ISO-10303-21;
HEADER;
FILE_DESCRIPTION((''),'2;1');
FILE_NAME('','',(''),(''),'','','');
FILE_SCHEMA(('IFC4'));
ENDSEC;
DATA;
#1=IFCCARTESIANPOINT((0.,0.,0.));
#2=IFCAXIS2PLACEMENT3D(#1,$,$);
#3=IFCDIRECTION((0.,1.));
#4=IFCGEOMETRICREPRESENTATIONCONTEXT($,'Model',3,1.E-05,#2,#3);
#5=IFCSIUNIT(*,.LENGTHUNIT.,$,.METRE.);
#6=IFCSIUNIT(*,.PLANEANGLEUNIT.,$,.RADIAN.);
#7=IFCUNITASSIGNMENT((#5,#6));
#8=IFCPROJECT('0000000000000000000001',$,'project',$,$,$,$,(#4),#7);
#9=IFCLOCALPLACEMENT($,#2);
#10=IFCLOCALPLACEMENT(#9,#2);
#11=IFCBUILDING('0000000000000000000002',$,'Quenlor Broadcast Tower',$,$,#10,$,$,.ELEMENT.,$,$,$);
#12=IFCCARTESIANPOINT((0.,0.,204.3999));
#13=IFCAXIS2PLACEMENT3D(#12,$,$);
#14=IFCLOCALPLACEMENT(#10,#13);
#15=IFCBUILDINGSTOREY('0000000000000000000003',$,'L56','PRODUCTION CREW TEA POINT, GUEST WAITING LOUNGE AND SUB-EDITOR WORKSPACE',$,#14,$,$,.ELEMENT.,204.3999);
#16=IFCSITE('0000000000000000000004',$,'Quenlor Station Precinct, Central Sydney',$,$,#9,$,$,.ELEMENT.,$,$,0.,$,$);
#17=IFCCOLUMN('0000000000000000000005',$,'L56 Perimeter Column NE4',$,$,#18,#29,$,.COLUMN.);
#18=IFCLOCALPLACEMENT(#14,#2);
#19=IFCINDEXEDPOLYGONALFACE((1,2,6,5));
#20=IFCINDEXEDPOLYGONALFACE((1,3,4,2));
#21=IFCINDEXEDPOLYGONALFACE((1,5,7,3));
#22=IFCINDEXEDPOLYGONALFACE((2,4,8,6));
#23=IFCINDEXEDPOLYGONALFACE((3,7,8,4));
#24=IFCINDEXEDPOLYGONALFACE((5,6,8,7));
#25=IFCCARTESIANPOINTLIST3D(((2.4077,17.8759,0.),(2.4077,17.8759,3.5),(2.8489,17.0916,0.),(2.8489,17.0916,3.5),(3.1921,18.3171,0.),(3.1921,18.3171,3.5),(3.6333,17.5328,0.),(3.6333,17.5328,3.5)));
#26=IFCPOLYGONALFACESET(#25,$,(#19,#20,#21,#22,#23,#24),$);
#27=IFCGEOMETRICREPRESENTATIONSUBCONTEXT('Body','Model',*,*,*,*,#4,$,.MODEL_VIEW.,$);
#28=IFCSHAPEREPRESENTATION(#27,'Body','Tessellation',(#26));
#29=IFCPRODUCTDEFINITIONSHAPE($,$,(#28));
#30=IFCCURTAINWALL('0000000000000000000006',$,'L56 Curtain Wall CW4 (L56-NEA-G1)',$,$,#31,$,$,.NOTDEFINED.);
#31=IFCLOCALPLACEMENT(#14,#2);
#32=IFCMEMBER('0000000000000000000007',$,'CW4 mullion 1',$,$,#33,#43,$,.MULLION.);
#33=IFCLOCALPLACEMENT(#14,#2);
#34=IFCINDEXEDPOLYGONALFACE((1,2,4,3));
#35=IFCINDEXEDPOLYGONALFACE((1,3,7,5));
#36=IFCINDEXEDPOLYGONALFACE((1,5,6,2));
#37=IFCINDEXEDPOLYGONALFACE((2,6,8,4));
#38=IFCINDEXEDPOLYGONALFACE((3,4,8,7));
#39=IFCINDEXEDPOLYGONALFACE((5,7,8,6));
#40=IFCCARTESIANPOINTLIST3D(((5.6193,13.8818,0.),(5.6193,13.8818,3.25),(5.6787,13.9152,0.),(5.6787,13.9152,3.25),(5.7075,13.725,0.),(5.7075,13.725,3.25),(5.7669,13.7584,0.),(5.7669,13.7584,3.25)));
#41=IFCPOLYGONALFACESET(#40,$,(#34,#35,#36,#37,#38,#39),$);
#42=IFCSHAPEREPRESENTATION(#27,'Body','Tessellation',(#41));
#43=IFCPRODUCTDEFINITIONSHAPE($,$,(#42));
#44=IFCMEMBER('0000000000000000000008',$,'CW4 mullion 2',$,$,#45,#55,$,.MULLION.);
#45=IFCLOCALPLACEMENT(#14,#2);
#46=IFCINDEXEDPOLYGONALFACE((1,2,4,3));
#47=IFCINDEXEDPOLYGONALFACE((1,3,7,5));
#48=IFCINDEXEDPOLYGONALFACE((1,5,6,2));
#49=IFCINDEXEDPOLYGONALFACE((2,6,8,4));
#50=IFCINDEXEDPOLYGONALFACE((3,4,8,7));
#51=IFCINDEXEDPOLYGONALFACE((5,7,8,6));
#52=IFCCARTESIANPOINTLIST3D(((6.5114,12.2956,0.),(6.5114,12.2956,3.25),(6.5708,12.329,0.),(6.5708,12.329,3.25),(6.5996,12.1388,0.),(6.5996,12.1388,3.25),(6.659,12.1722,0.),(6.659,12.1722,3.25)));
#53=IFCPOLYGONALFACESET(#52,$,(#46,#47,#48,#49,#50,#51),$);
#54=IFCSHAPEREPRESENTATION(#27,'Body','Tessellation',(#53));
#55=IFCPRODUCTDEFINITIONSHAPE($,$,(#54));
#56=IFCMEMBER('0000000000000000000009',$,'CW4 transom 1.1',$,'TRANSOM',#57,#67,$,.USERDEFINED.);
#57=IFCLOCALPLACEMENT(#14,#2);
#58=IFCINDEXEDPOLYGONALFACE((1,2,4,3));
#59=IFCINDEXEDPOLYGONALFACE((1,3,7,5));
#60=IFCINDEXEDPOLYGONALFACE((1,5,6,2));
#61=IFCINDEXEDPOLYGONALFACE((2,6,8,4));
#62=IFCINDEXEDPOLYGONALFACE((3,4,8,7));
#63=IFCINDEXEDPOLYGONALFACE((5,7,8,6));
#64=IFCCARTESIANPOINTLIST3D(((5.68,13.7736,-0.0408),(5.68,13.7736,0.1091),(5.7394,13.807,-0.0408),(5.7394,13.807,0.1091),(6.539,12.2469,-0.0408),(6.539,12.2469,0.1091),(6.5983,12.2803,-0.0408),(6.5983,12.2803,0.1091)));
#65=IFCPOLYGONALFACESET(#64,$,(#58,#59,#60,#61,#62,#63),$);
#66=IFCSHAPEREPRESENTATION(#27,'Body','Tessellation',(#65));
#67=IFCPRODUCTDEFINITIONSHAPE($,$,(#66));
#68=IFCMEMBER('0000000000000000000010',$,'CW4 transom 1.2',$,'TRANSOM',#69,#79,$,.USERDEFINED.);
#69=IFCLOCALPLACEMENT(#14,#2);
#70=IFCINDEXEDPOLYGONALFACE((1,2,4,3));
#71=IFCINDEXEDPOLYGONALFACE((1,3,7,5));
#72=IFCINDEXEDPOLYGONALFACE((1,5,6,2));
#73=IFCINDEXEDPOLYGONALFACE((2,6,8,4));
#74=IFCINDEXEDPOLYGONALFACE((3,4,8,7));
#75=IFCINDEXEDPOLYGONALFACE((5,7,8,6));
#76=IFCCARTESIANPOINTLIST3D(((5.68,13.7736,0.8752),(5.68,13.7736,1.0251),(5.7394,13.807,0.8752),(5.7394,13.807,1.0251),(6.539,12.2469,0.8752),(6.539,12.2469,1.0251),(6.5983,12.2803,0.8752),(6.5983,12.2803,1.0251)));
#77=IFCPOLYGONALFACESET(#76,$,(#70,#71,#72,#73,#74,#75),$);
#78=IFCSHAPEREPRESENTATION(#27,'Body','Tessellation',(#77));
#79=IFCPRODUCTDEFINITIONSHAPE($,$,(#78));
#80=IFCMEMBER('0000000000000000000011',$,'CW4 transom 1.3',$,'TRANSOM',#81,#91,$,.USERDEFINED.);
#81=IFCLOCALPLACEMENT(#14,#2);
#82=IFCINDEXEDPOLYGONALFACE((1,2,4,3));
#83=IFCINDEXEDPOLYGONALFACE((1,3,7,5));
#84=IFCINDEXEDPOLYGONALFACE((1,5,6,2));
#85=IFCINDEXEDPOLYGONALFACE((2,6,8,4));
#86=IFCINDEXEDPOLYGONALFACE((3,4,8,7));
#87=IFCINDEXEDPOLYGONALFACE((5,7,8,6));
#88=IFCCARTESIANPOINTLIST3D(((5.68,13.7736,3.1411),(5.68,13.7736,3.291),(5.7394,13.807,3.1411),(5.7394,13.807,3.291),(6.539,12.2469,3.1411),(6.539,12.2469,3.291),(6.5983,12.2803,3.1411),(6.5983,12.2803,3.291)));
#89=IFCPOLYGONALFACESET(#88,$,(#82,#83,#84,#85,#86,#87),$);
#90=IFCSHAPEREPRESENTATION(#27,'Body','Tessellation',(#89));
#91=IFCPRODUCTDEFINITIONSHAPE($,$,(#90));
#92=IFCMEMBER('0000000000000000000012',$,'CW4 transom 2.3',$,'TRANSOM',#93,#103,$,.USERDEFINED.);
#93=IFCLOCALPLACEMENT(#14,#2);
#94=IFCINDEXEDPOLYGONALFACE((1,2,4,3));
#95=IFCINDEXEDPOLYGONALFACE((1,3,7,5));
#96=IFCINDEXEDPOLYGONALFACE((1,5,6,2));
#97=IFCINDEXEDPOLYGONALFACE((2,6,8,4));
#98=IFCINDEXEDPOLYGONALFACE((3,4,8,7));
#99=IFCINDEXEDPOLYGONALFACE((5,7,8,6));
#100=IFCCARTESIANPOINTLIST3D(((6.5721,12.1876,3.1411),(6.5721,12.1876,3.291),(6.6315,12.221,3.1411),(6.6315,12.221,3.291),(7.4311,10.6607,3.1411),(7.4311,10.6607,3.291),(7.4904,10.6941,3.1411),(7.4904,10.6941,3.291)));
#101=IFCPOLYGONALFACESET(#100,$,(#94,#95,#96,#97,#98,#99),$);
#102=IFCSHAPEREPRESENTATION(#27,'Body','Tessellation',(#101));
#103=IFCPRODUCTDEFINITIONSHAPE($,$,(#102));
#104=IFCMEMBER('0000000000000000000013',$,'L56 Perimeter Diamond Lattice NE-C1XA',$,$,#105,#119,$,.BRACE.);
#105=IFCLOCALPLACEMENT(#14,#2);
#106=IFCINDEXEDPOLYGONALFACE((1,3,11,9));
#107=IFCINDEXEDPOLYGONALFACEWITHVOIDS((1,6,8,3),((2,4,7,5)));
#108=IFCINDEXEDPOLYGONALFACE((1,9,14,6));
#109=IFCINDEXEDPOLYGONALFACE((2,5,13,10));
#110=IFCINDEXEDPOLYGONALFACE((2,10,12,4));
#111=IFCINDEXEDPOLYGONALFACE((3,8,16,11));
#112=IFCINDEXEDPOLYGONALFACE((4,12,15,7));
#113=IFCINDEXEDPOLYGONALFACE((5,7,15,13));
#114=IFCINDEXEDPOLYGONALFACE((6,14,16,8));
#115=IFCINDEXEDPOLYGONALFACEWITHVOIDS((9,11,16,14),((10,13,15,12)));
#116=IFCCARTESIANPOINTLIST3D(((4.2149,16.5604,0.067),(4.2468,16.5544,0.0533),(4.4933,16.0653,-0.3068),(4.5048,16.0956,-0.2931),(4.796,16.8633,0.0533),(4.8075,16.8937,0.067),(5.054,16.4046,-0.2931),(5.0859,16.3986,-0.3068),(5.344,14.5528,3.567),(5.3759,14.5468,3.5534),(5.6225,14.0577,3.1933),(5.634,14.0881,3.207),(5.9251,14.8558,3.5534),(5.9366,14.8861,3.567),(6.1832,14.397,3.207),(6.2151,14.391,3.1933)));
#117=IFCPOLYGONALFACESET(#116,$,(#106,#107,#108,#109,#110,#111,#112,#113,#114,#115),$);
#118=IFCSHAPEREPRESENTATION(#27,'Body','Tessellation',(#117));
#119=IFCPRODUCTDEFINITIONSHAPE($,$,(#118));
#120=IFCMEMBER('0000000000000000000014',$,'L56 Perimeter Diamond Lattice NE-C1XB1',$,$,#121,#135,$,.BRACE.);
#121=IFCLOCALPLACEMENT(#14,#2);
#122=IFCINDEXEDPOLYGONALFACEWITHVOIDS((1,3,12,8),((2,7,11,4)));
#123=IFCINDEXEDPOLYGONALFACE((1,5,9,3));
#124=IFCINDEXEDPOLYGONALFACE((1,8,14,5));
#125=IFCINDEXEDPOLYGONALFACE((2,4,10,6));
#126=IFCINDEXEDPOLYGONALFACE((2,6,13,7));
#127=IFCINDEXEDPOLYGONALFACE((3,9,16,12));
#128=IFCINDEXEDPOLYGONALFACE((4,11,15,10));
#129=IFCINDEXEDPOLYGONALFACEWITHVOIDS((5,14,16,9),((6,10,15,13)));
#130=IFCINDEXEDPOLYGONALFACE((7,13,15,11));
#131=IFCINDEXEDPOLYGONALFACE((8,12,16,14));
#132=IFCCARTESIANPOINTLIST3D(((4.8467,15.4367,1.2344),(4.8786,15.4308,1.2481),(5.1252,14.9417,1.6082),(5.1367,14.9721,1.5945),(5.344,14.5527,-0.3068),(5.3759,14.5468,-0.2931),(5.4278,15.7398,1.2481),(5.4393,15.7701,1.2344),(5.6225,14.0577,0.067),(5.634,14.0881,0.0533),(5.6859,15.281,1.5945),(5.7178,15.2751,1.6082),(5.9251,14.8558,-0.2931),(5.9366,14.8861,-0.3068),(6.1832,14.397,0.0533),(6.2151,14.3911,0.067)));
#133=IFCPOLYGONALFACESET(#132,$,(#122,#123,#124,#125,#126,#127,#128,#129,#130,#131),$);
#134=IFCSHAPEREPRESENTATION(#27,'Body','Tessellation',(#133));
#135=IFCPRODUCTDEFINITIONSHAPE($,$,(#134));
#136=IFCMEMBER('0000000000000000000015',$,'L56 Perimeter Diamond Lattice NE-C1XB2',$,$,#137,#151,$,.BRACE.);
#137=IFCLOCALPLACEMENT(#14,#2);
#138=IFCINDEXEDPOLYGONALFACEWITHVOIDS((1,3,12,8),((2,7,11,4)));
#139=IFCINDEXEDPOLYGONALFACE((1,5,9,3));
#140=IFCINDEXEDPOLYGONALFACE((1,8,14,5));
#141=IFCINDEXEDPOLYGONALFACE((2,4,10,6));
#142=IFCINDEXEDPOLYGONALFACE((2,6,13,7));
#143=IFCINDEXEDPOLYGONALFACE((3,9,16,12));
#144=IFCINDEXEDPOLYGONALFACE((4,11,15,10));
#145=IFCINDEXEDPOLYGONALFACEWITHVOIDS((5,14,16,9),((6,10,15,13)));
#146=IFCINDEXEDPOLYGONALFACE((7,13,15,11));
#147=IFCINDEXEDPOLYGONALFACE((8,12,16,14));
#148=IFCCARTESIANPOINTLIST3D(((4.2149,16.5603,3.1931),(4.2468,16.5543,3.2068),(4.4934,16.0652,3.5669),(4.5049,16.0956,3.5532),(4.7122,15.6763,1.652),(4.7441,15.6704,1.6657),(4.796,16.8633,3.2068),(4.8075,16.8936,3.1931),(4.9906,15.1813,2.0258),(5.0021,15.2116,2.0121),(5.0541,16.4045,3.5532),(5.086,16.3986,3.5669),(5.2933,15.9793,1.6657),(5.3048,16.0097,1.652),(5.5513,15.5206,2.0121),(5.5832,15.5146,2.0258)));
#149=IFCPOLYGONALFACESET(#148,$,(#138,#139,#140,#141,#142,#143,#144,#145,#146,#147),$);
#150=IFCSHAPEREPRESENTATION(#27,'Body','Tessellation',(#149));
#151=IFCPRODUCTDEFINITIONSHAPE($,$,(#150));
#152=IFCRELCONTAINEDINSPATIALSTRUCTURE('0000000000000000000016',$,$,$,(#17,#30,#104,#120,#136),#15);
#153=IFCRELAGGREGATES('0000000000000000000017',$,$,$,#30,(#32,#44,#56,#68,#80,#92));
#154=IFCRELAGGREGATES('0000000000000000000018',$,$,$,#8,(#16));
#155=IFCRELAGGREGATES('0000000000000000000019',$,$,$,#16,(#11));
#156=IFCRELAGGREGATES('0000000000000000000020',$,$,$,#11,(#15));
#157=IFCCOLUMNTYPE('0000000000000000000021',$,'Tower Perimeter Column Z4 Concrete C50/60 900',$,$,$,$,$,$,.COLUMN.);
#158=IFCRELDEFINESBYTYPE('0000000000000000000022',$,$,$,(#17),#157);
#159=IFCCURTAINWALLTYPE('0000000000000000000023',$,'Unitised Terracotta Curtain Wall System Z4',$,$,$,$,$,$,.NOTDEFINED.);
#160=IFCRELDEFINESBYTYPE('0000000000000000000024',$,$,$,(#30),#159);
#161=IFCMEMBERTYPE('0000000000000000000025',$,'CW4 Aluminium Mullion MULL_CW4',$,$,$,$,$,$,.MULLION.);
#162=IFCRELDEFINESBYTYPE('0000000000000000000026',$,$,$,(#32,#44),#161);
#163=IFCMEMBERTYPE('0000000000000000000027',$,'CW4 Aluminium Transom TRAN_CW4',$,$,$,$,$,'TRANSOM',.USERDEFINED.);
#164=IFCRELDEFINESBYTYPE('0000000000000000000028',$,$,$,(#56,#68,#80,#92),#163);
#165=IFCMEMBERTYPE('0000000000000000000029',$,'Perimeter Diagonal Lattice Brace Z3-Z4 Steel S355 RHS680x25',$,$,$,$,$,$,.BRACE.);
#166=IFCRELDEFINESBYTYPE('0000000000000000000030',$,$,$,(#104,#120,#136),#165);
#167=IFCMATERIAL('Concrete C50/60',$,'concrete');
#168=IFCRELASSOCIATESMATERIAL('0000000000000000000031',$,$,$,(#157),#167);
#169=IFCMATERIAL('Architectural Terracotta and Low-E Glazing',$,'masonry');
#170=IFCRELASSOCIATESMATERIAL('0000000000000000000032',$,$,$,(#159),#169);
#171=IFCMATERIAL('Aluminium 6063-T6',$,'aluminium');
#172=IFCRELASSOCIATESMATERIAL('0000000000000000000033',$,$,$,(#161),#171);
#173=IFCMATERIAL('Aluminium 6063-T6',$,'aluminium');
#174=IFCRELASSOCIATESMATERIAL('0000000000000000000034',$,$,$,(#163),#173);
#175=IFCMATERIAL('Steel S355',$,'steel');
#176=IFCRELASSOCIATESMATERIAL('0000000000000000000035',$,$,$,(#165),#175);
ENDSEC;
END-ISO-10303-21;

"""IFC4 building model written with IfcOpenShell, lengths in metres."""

from ifc_helpers import new_model, si_unit, direction, frame, origin, origin_2d, place, context, subcontext, project, spatial, rectangle, hollow_rectangle, extrude, material, material_profile, profile_set, type_object, element, aggregate, save


model = new_model("IFC4")

# Units and contexts
model_context = context("Model", 3, precision=1e-05, world=origin(), true_north=direction((0.0, 1.0)))
body_context = subcontext(model_context, "Body", "Model", "MODEL_VIEW")
ifc_project = project(units=[si_unit("LENGTHUNIT", "METRE"), si_unit("PLANEANGLEUNIT", "RADIAN")], contexts=[model_context])

# Site, building, storey
site_placement = place(None, origin())
site = spatial("IfcSite", under=ifc_project, at=site_placement, Name="Quenlor Station Precinct, Central Sydney", CompositionType="ELEMENT", RefElevation=0.0)
building_placement = place(site_placement, origin())
building = spatial("IfcBuilding", under=site, at=building_placement, Name="Quenlor Broadcast Tower", CompositionType="ELEMENT")
storey_placement = place(building_placement, frame((0.0, 0.0, 204.3999)))
storey = spatial("IfcBuildingStorey", under=building, at=storey_placement, Name="L56", Description="PRODUCTION CREW TEA POINT, GUEST WAITING LOUNGE AND SUB-EDITOR WORKSPACE", CompositionType="ELEMENT", Elevation=204.3999)

# Column
ifc_material_1 = material(Name="Concrete C50/60", Category="concrete")
ifc_material_profile_1 = material_profile(ifc_material_1, rectangle(XDim=0.8999, YDim=0.8999, at=origin_2d()))
ifc_profile_set_1 = profile_set([ifc_material_profile_1], Name="Concrete C50/60 RC900x900")
column_type = type_object("IfcColumnType", Name="Tower Perimeter Column Z4 Concrete C50/60 900", PredefinedType="COLUMN", material=ifc_profile_set_1)
column_placement = place(storey_placement, frame((3.0205, 17.7043, 0.0), z_axis=(0.0, 0.0, 1.0), x_axis=(0.871575, 0.490262, 0.0)))
element("IfcColumn", 1, at=column_placement, inside=storey, type_object=column_type, Name="L56 Perimeter Column NE4", PredefinedType="COLUMN", context=body_context, shape_type="SweptSolid", body=[
    extrude(rectangle(XDim=0.8999, YDim=0.8999, at=origin_2d()), origin(), (0.0, 0.0, 1.0), 3.5),
])

# Curtain wall, members
ifc_material_2 = material(Name="Architectural Terracotta and Low-E Glazing", Category="masonry")
curtain_wall_type = type_object("IfcCurtainWallType", Name="Unitised Terracotta Curtain Wall System Z4", PredefinedType="NOTDEFINED", material=ifc_material_2)
curtain_wall_placement = place(storey_placement, origin())
curtain_wall = element("IfcCurtainWall", 2, at=curtain_wall_placement, inside=storey, type_object=curtain_wall_type, Name="L56 Curtain Wall CW4 (L56-NEA-G1)", PredefinedType="NOTDEFINED")
ifc_material_3 = material(Name="Aluminium 6063-T6", Category="aluminium")
ifc_material_profile_2 = material_profile(ifc_material_3, rectangle(XDim=0.0681, YDim=0.1799, at=origin_2d()))
ifc_profile_set_2 = profile_set([ifc_material_profile_2], Name="Aluminium 6063-T6 MULL68x180")
member_type_1 = type_object("IfcMemberType", Name="CW4 Aluminium Mullion MULL_CW4", PredefinedType="MULLION", material=ifc_profile_set_2)
member_1_placement = place(storey_placement, frame((5.6931, 13.8201, 0.0), z_axis=(0.0, 0.0, 1.0), x_axis=(0.871576, 0.49026, 0.0)))
member_1 = element("IfcMember", 3, at=member_1_placement, type_object=member_type_1, Name="CW4 mullion 1", PredefinedType="MULLION", context=body_context, shape_type="SweptSolid", body=[
    extrude(rectangle(XDim=0.0681, YDim=0.1799, at=origin_2d()), origin(), (0.0, 0.0, 1.0), 3.25),
])
member_2_placement = place(storey_placement, frame((6.5852, 12.2339, 0.0), z_axis=(0.0, 0.0, 1.0), x_axis=(0.871576, 0.49026, 0.0)))
member_2 = element("IfcMember", 4, at=member_2_placement, type_object=member_type_1, Name="CW4 mullion 2", PredefinedType="MULLION", context=body_context, shape_type="SweptSolid", body=[
    extrude(rectangle(XDim=0.0681, YDim=0.1799, at=origin_2d()), origin(), (0.0, 0.0, 1.0), 3.25),
])
ifc_material_4 = material(Name="Aluminium 6063-T6", Category="aluminium")
ifc_material_profile_3 = material_profile(ifc_material_4, rectangle(XDim=0.0681, YDim=0.1499, at=origin_2d()))
ifc_profile_set_3 = profile_set([ifc_material_profile_3], Name="Aluminium 6063-T6 TRAN68x150")
member_type_2 = type_object("IfcMemberType", Name="CW4 Aluminium Transom TRAN_CW4", ElementType="TRANSOM", PredefinedType="USERDEFINED", material=ifc_profile_set_3)
member_3_placement = place(storey_placement, frame((5.7097, 13.7903, 0.0342), z_axis=(0.490334, -0.871535, 0.0), x_axis=(0.871535, 0.490334, 0.0)))
member_3 = element("IfcMember", 5, at=member_3_placement, type_object=member_type_2, Name="CW4 transom 1.1", ObjectType="TRANSOM", PredefinedType="USERDEFINED", context=body_context, shape_type="SweptSolid", body=[
    extrude(rectangle(XDim=0.0681, YDim=0.1499, at=origin_2d()), origin(), (0.0, 0.0, 1.0), 1.7517),
])
member_4_placement = place(storey_placement, frame((5.7097, 13.7903, 0.9502), z_axis=(0.490334, -0.871535, 0.0), x_axis=(0.871535, 0.490334, 0.0)))
member_4 = element("IfcMember", 6, at=member_4_placement, type_object=member_type_2, Name="CW4 transom 1.2", ObjectType="TRANSOM", PredefinedType="USERDEFINED", context=body_context, shape_type="SweptSolid", body=[
    extrude(rectangle(XDim=0.0681, YDim=0.1499, at=origin_2d()), origin(), (0.0, 0.0, 1.0), 1.7517),
])
member_5_placement = place(storey_placement, frame((5.7097, 13.7903, 3.2161), z_axis=(0.490334, -0.871535, 0.0), x_axis=(0.871535, 0.490334, 0.0)))
member_5 = element("IfcMember", 7, at=member_5_placement, type_object=member_type_2, Name="CW4 transom 1.3", ObjectType="TRANSOM", PredefinedType="USERDEFINED", context=body_context, shape_type="SweptSolid", body=[
    extrude(rectangle(XDim=0.0681, YDim=0.1499, at=origin_2d()), origin(), (0.0, 0.0, 1.0), 1.7517),
])
member_6_placement = place(storey_placement, frame((6.6018, 12.2043, 3.2161), z_axis=(0.490274, -0.871568, 0.0), x_axis=(0.871568, 0.490274, 0.0)))
member_6 = element("IfcMember", 8, at=member_6_placement, type_object=member_type_2, Name="CW4 transom 2.3", ObjectType="TRANSOM", PredefinedType="USERDEFINED", context=body_context, shape_type="SweptSolid", body=[
    extrude(rectangle(XDim=0.0681, YDim=0.1499, at=origin_2d()), origin(), (0.0, 0.0, 1.0), 1.752),
])

# Members
ifc_material_5 = material(Name="Steel S355", Category="steel")
ifc_material_profile_4 = material_profile(ifc_material_5, hollow_rectangle(XDim=0.6799, YDim=0.6799, WallThickness=0.0249, at=origin_2d()))
ifc_profile_set_4 = profile_set([ifc_material_profile_4], Name="Steel S355 RHS680x680x25")
member_type_3 = type_object("IfcMemberType", Name="Perimeter Diagonal Lattice Brace Z3-Z4 Steel S355 RHS680x25", PredefinedType="BRACE", material=ifc_profile_set_4)
member_7_placement = place(storey_placement, frame((4.6504, 16.4795, -0.1199), z_axis=(0.269493, -0.479144, 0.835341), x_axis=(0.871595, 0.490226, 0.0)))
element("IfcMember", 9, at=member_7_placement, inside=storey, type_object=member_type_3, Name="L56 Perimeter Diamond Lattice NE-C1XA", PredefinedType="BRACE", context=body_context, shape_type="SweptSolid", body=[
    extrude(hollow_rectangle(XDim=0.6799, YDim=0.6799, WallThickness=0.0249, at=origin_2d()), origin(), (0.0, 0.0, 1.0), 4.1899),
])
for number, where, z_axis, x_axis, name in (
    (10, (5.7795, 14.4719, -0.1199), (-0.269536, 0.47913, 0.835335), (-0.871556, -0.490296, 0.0), "L56 Perimeter Diamond Lattice NE-C1XB1"),
    (11, (5.1477, 15.5955, 1.8389), (-0.269536, 0.47913, 0.835335), (-0.871556, -0.490296, 0.0), "L56 Perimeter Diamond Lattice NE-C1XB2"),
):
    element("IfcMember", number, at=place(storey_placement, frame(where, z_axis=z_axis, x_axis=x_axis)), inside=storey, type_object=member_type_3, Name=name, PredefinedType="BRACE", context=body_context, shape_type="SweptSolid", body=[
        extrude(hollow_rectangle(XDim=0.6799, YDim=0.6799, WallThickness=0.0249, at=origin_2d()), origin(), (0.0, 0.0, 1.0), 1.845),
    ])

aggregate(curtain_wall, [member_1, member_2, member_3, member_4, member_5, member_6])

save(model, "model.ifc")
